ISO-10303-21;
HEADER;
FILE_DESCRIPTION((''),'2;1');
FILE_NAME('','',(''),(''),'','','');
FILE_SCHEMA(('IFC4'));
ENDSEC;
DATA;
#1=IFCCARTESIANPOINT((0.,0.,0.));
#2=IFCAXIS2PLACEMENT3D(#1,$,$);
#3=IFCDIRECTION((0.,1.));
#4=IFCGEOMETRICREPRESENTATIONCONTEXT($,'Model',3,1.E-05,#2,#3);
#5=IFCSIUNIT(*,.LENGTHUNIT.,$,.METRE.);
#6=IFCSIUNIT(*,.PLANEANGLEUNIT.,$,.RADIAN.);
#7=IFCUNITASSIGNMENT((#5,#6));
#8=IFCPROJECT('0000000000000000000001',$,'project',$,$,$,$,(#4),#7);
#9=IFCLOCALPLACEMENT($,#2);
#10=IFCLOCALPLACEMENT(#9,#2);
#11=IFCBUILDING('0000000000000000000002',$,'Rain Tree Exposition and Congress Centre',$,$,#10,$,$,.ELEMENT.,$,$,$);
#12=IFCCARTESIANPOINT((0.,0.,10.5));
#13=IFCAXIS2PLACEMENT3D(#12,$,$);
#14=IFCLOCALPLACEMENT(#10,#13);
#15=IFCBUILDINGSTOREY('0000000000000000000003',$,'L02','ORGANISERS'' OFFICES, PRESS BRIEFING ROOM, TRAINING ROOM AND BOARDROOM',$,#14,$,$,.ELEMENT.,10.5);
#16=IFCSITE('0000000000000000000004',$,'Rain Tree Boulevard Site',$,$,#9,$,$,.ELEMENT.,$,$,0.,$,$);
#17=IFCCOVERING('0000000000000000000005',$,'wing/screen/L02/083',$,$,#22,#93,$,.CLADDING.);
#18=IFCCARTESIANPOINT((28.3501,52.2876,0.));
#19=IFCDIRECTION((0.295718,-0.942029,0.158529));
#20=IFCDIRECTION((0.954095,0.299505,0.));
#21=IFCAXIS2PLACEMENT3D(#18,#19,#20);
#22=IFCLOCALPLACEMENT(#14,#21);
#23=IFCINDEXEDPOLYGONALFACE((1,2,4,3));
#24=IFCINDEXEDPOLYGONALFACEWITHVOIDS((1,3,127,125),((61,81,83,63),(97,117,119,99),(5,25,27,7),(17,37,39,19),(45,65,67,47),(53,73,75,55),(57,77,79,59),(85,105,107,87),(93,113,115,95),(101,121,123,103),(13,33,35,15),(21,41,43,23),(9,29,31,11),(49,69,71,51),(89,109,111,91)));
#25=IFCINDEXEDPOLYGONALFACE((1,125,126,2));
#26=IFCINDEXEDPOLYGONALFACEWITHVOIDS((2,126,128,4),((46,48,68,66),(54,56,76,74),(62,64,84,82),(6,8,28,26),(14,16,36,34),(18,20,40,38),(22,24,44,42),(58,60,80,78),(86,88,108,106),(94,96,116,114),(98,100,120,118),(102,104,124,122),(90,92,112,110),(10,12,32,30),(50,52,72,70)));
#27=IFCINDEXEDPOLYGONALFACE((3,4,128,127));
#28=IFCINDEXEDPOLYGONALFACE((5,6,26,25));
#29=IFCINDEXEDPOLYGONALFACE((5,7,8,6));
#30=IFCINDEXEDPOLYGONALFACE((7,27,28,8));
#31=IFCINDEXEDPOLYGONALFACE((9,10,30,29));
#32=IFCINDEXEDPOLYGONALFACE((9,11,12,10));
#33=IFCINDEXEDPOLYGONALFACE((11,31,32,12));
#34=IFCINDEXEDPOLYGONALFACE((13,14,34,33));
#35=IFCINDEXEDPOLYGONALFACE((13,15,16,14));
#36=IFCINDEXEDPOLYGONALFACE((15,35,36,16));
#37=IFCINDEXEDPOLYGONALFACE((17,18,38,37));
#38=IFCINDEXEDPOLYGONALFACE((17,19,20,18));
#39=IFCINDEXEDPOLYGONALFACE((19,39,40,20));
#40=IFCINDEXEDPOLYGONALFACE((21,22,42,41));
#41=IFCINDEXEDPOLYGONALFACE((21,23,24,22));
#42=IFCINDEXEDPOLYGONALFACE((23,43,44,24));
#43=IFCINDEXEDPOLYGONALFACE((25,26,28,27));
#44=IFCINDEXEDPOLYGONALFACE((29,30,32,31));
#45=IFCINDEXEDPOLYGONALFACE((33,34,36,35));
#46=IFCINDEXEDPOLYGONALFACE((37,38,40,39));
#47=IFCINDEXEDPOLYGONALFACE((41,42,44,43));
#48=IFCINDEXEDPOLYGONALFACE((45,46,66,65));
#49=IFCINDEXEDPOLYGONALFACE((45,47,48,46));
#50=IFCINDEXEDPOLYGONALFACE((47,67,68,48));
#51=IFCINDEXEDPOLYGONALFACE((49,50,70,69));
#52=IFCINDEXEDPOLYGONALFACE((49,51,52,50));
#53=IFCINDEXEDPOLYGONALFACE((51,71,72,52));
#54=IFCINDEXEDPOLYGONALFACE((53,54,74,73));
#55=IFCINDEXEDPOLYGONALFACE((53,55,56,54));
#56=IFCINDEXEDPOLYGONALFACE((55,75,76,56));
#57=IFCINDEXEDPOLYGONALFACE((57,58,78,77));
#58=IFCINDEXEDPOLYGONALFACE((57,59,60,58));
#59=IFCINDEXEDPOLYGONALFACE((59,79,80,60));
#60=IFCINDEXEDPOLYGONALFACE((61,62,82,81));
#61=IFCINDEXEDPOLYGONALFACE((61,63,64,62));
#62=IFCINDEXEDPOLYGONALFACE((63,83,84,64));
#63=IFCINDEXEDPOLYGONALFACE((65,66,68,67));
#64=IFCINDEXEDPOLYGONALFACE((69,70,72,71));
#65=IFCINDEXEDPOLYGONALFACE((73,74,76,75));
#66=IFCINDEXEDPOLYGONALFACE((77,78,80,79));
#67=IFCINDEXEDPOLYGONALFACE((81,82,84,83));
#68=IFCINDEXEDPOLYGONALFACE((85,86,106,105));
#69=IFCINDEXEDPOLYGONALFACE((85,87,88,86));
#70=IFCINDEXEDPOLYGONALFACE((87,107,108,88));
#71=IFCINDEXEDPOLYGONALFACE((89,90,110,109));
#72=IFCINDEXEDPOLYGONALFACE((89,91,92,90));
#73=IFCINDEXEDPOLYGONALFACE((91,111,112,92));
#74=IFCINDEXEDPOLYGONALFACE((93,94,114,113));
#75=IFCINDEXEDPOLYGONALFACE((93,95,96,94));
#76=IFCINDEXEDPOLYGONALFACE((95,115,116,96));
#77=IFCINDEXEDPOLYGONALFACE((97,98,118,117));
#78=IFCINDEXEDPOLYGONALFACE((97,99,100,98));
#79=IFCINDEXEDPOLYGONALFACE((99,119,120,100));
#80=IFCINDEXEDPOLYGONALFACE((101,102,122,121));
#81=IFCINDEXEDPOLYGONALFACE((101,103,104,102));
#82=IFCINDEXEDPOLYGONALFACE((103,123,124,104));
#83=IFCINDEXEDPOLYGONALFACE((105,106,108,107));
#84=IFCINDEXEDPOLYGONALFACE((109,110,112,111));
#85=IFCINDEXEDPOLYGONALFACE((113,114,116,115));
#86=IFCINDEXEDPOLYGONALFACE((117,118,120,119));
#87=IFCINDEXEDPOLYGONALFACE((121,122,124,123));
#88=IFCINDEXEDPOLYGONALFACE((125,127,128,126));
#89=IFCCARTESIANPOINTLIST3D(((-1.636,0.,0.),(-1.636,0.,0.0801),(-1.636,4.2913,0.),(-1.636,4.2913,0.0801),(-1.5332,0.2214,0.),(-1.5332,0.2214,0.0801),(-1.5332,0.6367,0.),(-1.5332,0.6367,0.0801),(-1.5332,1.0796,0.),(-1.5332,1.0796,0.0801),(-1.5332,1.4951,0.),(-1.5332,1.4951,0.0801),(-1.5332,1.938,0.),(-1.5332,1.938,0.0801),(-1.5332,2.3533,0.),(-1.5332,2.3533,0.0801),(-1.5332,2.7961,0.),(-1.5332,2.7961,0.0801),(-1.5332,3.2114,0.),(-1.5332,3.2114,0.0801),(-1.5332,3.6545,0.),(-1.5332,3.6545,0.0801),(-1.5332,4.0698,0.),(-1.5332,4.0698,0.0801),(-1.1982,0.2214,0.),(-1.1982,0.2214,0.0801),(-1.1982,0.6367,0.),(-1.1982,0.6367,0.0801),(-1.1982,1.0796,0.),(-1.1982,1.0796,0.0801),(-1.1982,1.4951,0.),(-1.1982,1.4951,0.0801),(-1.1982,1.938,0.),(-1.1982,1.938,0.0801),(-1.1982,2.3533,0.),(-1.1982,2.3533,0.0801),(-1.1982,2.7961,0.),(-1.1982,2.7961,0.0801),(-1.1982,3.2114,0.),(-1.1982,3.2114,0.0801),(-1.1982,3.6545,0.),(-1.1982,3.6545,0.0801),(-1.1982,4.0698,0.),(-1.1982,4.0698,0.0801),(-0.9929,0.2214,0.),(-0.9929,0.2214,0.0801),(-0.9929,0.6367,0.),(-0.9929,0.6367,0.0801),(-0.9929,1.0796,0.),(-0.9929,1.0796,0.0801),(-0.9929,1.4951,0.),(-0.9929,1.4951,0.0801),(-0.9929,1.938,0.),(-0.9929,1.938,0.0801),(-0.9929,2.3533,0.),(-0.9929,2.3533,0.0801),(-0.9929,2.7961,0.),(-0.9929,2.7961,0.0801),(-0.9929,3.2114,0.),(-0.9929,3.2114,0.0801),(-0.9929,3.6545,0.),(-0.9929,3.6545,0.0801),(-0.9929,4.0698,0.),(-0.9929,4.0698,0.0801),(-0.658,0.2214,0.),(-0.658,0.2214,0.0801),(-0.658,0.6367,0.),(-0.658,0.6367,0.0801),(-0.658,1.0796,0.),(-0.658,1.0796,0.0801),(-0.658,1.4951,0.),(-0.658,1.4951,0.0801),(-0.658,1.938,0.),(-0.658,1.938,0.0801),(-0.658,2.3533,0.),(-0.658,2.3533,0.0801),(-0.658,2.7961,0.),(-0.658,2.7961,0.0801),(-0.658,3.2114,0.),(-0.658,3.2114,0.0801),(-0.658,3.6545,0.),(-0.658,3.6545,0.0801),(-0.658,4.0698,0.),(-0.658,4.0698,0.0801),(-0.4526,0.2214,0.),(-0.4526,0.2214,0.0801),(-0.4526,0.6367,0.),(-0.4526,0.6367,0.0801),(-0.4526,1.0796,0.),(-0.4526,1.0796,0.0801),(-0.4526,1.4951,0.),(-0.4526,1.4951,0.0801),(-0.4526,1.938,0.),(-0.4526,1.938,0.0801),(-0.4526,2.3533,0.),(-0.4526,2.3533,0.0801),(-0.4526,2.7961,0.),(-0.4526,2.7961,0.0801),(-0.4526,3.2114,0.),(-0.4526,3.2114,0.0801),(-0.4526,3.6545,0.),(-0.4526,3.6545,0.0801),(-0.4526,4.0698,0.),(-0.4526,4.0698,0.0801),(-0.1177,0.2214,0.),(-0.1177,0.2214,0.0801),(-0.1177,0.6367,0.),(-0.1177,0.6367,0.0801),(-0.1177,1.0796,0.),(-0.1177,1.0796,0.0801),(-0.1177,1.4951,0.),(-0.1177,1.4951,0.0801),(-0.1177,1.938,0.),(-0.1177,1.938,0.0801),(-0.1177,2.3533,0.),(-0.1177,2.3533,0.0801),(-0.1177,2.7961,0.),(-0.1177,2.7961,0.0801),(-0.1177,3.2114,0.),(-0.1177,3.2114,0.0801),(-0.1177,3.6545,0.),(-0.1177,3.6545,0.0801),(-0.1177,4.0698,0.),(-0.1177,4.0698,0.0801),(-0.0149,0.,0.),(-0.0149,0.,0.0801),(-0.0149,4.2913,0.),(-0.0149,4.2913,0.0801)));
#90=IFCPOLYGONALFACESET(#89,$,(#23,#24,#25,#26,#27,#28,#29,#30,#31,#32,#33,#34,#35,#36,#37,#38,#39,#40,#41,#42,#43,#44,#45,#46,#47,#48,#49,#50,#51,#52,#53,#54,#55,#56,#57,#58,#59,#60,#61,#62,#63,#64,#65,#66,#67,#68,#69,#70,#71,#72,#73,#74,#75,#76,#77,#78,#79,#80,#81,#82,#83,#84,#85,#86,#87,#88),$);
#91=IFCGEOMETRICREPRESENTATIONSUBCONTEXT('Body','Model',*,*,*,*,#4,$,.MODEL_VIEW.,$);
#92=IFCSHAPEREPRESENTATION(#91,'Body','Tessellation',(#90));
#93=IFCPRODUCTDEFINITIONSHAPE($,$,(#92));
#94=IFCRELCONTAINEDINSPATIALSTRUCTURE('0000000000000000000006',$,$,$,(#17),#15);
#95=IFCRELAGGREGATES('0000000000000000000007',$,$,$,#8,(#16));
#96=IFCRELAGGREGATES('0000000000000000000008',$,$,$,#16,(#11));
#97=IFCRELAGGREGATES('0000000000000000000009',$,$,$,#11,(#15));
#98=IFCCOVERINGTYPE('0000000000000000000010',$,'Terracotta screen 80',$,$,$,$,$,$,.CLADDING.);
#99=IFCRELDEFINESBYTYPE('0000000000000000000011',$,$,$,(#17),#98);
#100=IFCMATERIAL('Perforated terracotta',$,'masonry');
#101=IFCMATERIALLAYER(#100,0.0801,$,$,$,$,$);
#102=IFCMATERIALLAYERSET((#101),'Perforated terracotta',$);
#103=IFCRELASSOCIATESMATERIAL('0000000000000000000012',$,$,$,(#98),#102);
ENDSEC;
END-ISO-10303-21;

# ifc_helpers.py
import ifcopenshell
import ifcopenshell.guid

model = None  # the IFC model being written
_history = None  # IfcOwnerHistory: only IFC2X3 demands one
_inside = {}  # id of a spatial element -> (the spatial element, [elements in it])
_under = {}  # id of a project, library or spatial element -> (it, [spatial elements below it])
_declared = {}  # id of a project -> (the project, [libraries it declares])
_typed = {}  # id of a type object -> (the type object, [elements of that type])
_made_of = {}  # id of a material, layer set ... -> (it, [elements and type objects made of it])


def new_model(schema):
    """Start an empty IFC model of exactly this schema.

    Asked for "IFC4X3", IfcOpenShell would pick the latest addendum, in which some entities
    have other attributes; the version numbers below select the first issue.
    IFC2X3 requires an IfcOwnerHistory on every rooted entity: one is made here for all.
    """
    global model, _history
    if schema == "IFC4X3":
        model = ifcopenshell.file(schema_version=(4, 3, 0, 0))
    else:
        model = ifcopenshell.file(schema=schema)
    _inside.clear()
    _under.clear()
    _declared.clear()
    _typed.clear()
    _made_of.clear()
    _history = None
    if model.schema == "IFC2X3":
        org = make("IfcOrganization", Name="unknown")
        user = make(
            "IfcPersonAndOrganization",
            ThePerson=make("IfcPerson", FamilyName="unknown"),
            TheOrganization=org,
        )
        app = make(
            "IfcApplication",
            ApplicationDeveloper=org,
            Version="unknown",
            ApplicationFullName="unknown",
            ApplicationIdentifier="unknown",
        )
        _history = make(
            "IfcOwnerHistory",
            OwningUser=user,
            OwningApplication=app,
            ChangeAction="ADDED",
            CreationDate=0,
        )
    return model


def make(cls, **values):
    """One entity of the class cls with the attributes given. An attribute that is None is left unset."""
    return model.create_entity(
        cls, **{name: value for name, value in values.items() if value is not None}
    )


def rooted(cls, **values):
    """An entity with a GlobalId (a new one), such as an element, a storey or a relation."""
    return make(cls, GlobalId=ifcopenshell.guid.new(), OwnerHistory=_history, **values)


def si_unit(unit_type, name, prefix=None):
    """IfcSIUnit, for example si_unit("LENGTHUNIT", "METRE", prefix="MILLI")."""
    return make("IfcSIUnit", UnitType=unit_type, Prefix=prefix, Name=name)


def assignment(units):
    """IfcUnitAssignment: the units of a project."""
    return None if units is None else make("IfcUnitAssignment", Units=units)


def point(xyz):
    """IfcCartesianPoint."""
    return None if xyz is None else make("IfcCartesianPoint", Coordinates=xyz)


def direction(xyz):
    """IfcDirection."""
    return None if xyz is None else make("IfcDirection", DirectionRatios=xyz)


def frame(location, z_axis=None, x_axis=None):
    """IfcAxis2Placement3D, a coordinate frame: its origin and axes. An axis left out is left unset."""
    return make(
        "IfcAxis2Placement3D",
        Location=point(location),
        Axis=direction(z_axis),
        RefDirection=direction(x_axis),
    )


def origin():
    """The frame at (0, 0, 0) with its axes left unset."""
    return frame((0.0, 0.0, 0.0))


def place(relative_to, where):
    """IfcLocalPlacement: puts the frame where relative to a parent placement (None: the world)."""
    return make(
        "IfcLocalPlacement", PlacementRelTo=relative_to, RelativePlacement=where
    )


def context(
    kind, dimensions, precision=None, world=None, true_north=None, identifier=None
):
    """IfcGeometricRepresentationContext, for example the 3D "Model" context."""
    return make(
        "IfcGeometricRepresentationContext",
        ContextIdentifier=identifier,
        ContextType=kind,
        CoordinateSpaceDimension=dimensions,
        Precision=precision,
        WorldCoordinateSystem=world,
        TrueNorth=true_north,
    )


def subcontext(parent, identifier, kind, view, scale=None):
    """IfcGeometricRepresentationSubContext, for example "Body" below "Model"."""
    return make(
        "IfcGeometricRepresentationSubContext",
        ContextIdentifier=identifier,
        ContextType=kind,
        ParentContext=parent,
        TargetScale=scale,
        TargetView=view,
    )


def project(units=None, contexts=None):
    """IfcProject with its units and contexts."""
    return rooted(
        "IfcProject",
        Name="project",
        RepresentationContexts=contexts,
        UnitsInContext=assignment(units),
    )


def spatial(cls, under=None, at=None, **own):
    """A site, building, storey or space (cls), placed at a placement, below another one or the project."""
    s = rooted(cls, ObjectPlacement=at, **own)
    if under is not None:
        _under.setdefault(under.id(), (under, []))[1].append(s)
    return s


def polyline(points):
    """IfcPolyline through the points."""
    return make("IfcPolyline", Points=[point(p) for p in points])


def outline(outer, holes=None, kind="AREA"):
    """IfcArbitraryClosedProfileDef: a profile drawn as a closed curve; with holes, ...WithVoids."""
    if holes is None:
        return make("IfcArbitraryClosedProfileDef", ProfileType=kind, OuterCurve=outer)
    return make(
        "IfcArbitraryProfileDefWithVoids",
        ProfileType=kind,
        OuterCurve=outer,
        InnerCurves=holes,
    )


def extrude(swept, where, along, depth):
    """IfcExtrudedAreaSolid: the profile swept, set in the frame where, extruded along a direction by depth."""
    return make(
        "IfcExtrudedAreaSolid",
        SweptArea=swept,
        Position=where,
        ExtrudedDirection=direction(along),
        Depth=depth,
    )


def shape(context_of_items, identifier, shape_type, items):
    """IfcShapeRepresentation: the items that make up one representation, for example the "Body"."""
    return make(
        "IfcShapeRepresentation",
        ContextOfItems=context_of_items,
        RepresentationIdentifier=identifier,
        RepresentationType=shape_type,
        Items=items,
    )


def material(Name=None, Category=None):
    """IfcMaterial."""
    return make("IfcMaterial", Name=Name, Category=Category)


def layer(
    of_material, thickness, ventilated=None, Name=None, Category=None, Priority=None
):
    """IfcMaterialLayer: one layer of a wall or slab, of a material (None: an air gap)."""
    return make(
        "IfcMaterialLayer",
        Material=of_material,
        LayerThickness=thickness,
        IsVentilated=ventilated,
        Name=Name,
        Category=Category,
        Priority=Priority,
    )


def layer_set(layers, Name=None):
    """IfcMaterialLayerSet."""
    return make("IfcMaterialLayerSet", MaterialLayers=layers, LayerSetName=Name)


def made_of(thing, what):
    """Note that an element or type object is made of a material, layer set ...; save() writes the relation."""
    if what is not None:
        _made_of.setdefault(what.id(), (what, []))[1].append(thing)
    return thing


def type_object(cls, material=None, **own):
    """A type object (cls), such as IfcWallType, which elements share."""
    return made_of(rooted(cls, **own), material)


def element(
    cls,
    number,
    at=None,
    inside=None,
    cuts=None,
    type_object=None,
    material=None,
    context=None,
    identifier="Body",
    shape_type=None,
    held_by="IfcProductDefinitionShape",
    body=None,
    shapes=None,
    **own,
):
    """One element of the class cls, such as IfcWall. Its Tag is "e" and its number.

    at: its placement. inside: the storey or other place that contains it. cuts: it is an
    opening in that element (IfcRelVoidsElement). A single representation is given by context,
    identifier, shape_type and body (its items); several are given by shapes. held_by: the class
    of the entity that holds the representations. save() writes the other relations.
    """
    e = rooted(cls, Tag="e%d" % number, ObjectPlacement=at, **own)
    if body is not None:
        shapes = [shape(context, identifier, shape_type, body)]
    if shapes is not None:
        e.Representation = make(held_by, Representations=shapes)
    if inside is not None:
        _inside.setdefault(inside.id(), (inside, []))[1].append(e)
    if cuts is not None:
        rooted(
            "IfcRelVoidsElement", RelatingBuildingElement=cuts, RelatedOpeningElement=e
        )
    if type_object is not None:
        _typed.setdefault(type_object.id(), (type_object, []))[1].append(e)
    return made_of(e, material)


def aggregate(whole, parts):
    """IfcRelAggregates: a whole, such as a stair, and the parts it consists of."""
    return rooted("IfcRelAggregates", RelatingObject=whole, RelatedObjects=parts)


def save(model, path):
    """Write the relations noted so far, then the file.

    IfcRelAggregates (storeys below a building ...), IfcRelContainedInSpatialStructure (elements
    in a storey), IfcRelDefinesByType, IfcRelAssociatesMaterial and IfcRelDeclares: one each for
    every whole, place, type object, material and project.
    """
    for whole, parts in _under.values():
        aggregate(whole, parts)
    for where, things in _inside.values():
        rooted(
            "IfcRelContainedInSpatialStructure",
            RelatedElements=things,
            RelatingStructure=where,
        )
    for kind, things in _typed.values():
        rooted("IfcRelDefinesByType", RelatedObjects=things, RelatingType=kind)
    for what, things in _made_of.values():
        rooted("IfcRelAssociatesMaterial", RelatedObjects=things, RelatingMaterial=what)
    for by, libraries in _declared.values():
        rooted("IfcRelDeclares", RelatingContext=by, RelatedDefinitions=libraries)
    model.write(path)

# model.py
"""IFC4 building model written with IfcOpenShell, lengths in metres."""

from ifc_helpers import new_model, si_unit, direction, frame, origin, place, context, subcontext, project, spatial, polyline, outline, extrude, material, layer, layer_set, type_object, element, save


model = new_model("IFC4")

# Units and contexts
model_context = context("Model", 3, precision=1e-05, world=origin(), true_north=direction((0.0, 1.0)))
body_context = subcontext(model_context, "Body", "Model", "MODEL_VIEW")
ifc_project = project(units=[si_unit("LENGTHUNIT", "METRE"), si_unit("PLANEANGLEUNIT", "RADIAN")], contexts=[model_context])

# Site, building, storey
site_placement = place(None, origin())
site = spatial("IfcSite", under=ifc_project, at=site_placement, Name="Rain Tree Boulevard Site", CompositionType="ELEMENT", RefElevation=0.0)
building_placement = place(site_placement, origin())
building = spatial("IfcBuilding", under=site, at=building_placement, Name="Rain Tree Exposition and Congress Centre", CompositionType="ELEMENT")
storey_placement = place(building_placement, frame((0.0, 0.0, 10.5)))
storey = spatial("IfcBuildingStorey", under=building, at=storey_placement, Name="L02", Description="ORGANISERS' OFFICES, PRESS BRIEFING ROOM, TRAINING ROOM AND BOARDROOM", CompositionType="ELEMENT", Elevation=10.5)

# Covering
ifc_material_1 = material(Name="Perforated terracotta", Category="masonry")
ifc_layer_1 = layer(ifc_material_1, 0.0801)
ifc_layer_set_1 = layer_set([ifc_layer_1], Name="Perforated terracotta")
covering_type = type_object("IfcCoveringType", Name="Terracotta screen 80", PredefinedType="CLADDING", material=ifc_layer_set_1)
covering_1_placement = place(storey_placement, frame((28.3501, 52.2876, 0.0), z_axis=(0.295718, -0.942029, 0.158529), x_axis=(0.954095, 0.299505, 0.0)))
element("IfcCovering", 1, at=covering_1_placement, inside=storey, type_object=covering_type, Name="wing/screen/L02/083", PredefinedType="CLADDING", context=body_context, shape_type="SweptSolid", body=[
    extrude(outline(polyline([(-1.636, 0.0), (-1.636, 4.2913), (-0.0149, 4.2913), (-0.0149, 0.0), (-1.636, 0.0)]), holes=[polyline([(-0.1177, 0.2214), (-0.1177, 0.6367), (-0.4526, 0.6367), (-0.4526, 0.2214), (-0.1177, 0.2214)]), polyline([(-0.1177, 1.0796), (-0.1177, 1.4951), (-0.4526, 1.4951), (-0.4526, 1.0796), (-0.1177, 1.0796)]), polyline([(-0.1177, 1.938), (-0.1177, 2.3533), (-0.4526, 2.3533), (-0.4526, 1.938), (-0.1177, 1.938)]), polyline([(-0.1177, 2.7961), (-0.1177, 3.2114), (-0.4526, 3.2114), (-0.4526, 2.7961), (-0.1177, 2.7961)]), polyline([(-0.1177, 3.6545), (-0.1177, 4.0698), (-0.4526, 4.0698), (-0.4526, 3.6545), (-0.1177, 3.6545)]), polyline([(-0.658, 0.2214), (-0.658, 0.6367), (-0.9929, 0.6367), (-0.9929, 0.2214), (-0.658, 0.2214)]), polyline([(-0.658, 1.0796), (-0.658, 1.4951), (-0.9929, 1.4951), (-0.9929, 1.0796), (-0.658, 1.0796)]), polyline([(-0.658, 1.938), (-0.658, 2.3533), (-0.9929, 2.3533), (-0.9929, 1.938), (-0.658, 1.938)]), polyline([(-0.658, 2.7961), (-0.658, 3.2114), (-0.9929, 3.2114), (-0.9929, 2.7961), (-0.658, 2.7961)]), polyline([(-0.658, 3.6545), (-0.658, 4.0698), (-0.9929, 4.0698), (-0.9929, 3.6545), (-0.658, 3.6545)]), polyline([(-1.1982, 0.2214), (-1.1982, 0.6367), (-1.5332, 0.6367), (-1.5332, 0.2214), (-1.1982, 0.2214)]), polyline([(-1.1982, 1.0796), (-1.1982, 1.4951), (-1.5332, 1.4951), (-1.5332, 1.0796), (-1.1982, 1.0796)]), polyline([(-1.1982, 1.938), (-1.1982, 2.3533), (-1.5332, 2.3533), (-1.5332, 1.938), (-1.1982, 1.938)]), polyline([(-1.1982, 2.7961), (-1.1982, 3.2114), (-1.5332, 3.2114), (-1.5332, 2.7961), (-1.1982, 2.7961)]), polyline([(-1.1982, 3.6545), (-1.1982, 4.0698), (-1.5332, 4.0698), (-1.5332, 3.6545), (-1.1982, 3.6545)])]), origin(), (0.0, 0.0, 1.0), 0.0801),
])

save(model, "model.ifc")
